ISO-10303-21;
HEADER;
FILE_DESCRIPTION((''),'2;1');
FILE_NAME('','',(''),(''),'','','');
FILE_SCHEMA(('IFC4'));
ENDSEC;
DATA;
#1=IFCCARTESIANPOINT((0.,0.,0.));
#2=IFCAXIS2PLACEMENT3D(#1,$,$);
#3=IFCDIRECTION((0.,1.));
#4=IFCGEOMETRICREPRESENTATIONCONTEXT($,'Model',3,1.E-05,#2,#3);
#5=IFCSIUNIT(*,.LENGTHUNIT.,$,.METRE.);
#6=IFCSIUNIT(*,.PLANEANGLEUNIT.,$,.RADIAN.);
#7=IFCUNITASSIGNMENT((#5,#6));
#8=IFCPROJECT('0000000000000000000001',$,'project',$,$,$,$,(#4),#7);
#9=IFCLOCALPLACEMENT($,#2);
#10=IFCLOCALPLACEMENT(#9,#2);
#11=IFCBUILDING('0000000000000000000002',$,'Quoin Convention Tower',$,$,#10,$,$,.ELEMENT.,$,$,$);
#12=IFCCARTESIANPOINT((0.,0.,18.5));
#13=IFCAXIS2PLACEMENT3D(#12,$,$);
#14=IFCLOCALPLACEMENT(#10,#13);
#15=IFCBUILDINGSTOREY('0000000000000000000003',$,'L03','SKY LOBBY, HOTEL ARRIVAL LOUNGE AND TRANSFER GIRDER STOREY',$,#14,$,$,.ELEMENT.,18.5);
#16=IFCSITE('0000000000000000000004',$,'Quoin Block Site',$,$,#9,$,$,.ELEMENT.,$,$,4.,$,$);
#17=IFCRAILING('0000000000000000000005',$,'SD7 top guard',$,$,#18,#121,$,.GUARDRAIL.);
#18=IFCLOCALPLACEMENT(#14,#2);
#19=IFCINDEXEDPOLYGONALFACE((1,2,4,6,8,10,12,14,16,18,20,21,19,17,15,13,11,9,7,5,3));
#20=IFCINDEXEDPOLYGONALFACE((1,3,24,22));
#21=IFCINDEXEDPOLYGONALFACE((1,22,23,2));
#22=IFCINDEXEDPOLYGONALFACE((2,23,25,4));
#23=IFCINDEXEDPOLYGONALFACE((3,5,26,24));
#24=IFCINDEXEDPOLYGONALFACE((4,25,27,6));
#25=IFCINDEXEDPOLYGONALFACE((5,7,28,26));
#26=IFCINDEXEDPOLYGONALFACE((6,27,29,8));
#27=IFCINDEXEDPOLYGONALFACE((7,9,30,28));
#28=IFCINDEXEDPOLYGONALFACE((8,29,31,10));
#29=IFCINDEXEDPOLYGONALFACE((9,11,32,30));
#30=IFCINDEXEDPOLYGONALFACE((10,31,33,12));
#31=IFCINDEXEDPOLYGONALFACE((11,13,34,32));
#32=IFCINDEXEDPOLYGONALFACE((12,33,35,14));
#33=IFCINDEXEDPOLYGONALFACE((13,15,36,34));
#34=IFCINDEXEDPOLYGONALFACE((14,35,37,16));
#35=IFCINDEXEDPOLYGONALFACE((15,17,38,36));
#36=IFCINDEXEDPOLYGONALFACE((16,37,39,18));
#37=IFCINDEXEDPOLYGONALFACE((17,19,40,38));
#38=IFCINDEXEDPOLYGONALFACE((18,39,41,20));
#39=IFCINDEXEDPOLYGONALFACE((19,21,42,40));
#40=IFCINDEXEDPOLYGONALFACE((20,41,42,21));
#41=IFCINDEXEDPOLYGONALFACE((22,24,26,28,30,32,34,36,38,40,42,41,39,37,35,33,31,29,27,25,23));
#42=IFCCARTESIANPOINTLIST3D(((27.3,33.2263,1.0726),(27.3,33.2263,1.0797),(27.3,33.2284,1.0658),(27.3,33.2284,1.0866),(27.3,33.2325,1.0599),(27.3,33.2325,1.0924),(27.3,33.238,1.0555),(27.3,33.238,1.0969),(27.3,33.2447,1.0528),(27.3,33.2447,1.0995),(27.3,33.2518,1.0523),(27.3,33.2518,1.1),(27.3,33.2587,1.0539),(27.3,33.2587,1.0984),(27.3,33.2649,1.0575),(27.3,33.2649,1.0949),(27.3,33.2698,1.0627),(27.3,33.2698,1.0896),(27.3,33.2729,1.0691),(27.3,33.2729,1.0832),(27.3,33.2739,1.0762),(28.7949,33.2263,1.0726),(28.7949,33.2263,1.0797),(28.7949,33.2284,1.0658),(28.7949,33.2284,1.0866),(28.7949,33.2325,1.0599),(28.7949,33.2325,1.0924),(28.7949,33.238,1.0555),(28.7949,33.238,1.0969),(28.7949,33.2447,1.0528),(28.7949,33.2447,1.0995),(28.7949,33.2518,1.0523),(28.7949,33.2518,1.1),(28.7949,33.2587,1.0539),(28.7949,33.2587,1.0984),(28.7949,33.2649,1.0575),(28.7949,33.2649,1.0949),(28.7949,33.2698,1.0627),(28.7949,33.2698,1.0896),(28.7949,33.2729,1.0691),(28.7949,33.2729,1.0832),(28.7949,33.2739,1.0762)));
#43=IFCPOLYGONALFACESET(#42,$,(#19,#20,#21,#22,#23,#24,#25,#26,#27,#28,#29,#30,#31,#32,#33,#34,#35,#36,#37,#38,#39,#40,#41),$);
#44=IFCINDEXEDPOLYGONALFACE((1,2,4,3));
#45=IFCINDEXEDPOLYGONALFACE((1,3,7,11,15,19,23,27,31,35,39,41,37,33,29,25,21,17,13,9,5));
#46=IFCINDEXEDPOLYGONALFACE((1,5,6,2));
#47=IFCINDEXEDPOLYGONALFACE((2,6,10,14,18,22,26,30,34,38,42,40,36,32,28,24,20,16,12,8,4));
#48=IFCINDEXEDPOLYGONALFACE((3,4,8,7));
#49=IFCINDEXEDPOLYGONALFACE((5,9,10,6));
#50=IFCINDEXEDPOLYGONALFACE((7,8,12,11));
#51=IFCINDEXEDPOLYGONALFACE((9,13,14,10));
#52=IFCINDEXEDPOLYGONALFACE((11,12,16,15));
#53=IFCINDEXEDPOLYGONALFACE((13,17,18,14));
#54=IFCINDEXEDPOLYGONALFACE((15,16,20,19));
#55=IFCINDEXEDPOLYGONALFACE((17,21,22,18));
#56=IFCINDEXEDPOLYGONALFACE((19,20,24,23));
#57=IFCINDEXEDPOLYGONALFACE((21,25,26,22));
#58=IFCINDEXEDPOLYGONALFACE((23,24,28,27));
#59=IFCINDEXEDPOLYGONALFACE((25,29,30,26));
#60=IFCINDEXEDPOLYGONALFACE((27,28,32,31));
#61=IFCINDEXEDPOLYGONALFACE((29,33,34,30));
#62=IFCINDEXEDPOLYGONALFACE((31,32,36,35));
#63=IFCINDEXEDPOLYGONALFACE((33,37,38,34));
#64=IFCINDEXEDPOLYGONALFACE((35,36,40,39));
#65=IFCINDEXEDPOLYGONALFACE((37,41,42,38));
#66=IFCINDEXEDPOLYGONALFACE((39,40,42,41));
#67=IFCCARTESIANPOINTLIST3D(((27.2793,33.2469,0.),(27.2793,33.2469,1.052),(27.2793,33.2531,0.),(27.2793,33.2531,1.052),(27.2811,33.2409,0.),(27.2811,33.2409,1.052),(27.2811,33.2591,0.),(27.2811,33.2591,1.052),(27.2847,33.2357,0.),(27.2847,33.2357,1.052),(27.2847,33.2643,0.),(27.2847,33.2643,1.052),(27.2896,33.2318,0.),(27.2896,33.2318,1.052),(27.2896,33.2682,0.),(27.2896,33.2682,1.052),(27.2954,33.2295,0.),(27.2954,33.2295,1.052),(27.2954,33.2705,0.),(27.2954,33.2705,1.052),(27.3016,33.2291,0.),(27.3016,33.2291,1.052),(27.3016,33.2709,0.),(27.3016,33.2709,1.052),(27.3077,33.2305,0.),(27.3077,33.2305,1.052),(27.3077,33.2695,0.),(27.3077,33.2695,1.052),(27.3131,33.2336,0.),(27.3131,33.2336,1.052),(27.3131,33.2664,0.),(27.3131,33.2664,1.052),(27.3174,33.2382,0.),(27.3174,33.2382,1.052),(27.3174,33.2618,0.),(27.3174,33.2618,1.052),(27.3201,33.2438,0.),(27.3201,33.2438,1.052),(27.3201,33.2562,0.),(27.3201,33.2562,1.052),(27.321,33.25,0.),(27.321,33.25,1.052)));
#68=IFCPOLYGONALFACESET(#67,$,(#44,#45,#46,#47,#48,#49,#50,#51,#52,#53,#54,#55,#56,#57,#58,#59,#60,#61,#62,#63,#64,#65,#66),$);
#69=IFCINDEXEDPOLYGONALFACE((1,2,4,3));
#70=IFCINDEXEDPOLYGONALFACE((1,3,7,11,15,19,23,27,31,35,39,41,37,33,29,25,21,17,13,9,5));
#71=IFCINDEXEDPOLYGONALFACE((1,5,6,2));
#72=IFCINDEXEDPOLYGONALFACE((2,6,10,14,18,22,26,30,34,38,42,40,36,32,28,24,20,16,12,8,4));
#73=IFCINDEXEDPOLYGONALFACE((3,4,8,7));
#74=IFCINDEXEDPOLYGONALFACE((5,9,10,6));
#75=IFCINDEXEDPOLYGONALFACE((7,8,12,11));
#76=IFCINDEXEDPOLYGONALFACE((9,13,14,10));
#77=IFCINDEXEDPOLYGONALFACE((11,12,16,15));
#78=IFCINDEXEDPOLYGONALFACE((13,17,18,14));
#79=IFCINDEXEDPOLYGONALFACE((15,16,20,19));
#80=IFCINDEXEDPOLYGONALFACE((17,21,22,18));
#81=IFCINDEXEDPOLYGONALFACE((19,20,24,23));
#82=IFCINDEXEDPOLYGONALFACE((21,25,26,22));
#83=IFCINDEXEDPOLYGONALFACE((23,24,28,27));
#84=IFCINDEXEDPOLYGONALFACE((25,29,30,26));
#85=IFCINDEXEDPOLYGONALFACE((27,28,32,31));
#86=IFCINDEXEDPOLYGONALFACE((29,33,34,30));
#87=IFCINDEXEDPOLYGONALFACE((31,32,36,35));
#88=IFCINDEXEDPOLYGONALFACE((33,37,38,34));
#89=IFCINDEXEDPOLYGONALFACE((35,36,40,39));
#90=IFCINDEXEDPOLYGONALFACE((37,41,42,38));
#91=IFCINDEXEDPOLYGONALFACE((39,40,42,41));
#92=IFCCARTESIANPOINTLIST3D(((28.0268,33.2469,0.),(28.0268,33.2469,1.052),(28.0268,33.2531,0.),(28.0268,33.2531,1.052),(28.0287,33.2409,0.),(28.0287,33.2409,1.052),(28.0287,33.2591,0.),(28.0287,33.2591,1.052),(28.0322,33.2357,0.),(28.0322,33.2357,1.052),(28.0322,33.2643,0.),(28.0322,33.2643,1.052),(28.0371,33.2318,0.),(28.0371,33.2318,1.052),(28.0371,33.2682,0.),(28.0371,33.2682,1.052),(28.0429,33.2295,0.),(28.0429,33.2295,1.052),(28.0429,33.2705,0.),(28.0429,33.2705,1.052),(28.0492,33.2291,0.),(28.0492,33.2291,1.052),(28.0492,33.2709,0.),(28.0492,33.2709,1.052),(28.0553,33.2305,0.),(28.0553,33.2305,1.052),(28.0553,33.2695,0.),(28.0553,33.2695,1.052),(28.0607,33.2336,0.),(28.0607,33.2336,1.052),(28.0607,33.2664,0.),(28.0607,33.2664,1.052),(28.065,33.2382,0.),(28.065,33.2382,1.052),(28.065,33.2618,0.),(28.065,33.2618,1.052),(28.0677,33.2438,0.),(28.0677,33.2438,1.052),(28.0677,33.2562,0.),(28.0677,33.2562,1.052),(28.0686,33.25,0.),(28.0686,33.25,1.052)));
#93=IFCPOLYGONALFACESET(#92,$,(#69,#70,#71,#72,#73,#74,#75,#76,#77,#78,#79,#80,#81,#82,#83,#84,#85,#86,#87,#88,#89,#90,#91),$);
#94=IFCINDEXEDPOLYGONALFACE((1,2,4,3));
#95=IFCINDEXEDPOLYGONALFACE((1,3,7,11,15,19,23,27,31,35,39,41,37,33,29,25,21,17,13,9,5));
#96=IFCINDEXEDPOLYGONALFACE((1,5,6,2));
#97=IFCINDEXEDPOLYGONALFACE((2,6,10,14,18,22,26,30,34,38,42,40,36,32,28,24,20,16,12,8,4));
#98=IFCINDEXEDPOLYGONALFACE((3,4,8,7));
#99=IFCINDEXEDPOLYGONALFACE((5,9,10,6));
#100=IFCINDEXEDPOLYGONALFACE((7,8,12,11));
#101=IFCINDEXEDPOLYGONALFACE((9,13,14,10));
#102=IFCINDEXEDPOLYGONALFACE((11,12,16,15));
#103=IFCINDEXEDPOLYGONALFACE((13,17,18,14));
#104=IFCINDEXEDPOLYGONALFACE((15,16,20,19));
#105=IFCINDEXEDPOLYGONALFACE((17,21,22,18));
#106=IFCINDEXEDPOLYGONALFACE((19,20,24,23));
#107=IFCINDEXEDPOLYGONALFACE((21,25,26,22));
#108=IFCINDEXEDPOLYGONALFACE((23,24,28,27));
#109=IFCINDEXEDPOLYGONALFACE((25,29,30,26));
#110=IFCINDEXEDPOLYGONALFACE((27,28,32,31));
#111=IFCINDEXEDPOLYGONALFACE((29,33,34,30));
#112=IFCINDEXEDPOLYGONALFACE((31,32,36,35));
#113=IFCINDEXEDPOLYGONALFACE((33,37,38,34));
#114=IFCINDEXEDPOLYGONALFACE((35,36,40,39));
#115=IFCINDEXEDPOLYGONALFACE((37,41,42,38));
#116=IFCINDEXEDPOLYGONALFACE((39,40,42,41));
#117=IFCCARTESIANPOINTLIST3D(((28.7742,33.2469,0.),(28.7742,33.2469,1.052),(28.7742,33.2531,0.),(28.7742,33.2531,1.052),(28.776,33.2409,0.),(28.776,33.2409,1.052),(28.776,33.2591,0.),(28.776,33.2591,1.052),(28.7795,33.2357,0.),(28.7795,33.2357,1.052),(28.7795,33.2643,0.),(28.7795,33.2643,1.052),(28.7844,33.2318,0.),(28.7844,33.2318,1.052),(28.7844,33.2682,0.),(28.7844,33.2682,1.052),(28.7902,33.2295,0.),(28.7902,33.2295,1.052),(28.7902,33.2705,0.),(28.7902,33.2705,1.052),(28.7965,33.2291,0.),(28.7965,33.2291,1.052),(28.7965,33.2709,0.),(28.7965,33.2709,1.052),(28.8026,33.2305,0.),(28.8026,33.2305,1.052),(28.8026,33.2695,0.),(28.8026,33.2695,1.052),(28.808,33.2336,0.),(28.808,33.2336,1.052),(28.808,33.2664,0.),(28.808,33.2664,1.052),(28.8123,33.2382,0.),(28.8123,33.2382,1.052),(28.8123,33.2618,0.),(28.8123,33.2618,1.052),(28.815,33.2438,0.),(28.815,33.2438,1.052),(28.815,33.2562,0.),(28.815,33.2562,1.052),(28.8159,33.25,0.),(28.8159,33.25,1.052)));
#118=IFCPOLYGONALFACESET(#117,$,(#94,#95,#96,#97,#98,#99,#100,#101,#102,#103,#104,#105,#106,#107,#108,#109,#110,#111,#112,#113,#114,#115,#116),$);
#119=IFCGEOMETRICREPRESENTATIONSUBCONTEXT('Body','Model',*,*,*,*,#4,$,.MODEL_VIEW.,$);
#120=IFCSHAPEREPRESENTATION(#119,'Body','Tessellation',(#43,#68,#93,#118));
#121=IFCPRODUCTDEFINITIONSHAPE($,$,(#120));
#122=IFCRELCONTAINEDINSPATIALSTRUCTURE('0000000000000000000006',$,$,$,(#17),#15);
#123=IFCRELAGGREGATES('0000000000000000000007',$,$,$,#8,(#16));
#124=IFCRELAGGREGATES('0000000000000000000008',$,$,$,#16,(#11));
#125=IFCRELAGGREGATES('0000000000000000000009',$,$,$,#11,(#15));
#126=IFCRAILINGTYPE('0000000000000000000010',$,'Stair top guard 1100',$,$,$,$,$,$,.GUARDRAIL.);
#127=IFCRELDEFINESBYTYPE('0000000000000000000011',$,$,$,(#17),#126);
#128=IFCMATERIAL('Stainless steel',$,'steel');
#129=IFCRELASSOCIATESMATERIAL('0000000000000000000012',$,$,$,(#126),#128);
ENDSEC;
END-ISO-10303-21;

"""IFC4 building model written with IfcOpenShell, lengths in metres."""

from ifc_helpers import new_model, si_unit, direction, frame, origin, origin_2d, place, context, subcontext, project, spatial, circle, extrude, material, type_object, element, save


model = new_model("IFC4")

# Units and contexts
model_context = context("Model", 3, precision=1e-05, world=origin(), true_north=direction((0.0, 1.0)))
body_context = subcontext(model_context, "Body", "Model", "MODEL_VIEW")
ifc_project = project(units=[si_unit("LENGTHUNIT", "METRE"), si_unit("PLANEANGLEUNIT", "RADIAN")], contexts=[model_context])

# Site, building, storey
site_placement = place(None, origin())
site = spatial("IfcSite", under=ifc_project, at=site_placement, Name="Quoin Block Site", CompositionType="ELEMENT", RefElevation=4.0)
building_placement = place(site_placement, origin())
building = spatial("IfcBuilding", under=site, at=building_placement, Name="Quoin Convention Tower", CompositionType="ELEMENT")
storey_placement = place(building_placement, frame((0.0, 0.0, 18.5)))
storey = spatial("IfcBuildingStorey", under=building, at=storey_placement, Name="L03", Description="SKY LOBBY, HOTEL ARRIVAL LOUNGE AND TRANSFER GIRDER STOREY", CompositionType="ELEMENT", Elevation=18.5)

# Railing
ifc_material_1 = material(Name="Stainless steel", Category="steel")
railing_type_1 = type_object("IfcRailingType", Name="Stair top guard 1100", PredefinedType="GUARDRAIL", material=ifc_material_1)
railing_1_placement = place(storey_placement, frame((27.3, 33.25, 0.0)))
element("IfcRailing", 1, at=railing_1_placement, inside=storey, type_object=railing_type_1, Name="SD7 top guard", PredefinedType="GUARDRAIL", context=body_context, shape_type="SweptSolid", body=[
    extrude(circle(Radius=0.0239, at=origin_2d()), frame((0.0, 0.0, 1.0762), z_axis=(1.0, 0.0, 0.0), x_axis=(0.0, 1.0, 0.0)), (0.0, 0.0, 1.0), 1.4949),
    extrude(circle(Radius=0.021, at=origin_2d()), origin(), (0.0, 0.0, 1.0), 1.052),
    extrude(circle(Radius=0.021, at=origin_2d()), frame((0.7476, 0.0, 0.0)), (0.0, 0.0, 1.0), 1.052),
    extrude(circle(Radius=0.021, at=origin_2d()), frame((1.4949, 0.0, 0.0)), (0.0, 0.0, 1.0), 1.052),
])

save(model, "model.ifc")
